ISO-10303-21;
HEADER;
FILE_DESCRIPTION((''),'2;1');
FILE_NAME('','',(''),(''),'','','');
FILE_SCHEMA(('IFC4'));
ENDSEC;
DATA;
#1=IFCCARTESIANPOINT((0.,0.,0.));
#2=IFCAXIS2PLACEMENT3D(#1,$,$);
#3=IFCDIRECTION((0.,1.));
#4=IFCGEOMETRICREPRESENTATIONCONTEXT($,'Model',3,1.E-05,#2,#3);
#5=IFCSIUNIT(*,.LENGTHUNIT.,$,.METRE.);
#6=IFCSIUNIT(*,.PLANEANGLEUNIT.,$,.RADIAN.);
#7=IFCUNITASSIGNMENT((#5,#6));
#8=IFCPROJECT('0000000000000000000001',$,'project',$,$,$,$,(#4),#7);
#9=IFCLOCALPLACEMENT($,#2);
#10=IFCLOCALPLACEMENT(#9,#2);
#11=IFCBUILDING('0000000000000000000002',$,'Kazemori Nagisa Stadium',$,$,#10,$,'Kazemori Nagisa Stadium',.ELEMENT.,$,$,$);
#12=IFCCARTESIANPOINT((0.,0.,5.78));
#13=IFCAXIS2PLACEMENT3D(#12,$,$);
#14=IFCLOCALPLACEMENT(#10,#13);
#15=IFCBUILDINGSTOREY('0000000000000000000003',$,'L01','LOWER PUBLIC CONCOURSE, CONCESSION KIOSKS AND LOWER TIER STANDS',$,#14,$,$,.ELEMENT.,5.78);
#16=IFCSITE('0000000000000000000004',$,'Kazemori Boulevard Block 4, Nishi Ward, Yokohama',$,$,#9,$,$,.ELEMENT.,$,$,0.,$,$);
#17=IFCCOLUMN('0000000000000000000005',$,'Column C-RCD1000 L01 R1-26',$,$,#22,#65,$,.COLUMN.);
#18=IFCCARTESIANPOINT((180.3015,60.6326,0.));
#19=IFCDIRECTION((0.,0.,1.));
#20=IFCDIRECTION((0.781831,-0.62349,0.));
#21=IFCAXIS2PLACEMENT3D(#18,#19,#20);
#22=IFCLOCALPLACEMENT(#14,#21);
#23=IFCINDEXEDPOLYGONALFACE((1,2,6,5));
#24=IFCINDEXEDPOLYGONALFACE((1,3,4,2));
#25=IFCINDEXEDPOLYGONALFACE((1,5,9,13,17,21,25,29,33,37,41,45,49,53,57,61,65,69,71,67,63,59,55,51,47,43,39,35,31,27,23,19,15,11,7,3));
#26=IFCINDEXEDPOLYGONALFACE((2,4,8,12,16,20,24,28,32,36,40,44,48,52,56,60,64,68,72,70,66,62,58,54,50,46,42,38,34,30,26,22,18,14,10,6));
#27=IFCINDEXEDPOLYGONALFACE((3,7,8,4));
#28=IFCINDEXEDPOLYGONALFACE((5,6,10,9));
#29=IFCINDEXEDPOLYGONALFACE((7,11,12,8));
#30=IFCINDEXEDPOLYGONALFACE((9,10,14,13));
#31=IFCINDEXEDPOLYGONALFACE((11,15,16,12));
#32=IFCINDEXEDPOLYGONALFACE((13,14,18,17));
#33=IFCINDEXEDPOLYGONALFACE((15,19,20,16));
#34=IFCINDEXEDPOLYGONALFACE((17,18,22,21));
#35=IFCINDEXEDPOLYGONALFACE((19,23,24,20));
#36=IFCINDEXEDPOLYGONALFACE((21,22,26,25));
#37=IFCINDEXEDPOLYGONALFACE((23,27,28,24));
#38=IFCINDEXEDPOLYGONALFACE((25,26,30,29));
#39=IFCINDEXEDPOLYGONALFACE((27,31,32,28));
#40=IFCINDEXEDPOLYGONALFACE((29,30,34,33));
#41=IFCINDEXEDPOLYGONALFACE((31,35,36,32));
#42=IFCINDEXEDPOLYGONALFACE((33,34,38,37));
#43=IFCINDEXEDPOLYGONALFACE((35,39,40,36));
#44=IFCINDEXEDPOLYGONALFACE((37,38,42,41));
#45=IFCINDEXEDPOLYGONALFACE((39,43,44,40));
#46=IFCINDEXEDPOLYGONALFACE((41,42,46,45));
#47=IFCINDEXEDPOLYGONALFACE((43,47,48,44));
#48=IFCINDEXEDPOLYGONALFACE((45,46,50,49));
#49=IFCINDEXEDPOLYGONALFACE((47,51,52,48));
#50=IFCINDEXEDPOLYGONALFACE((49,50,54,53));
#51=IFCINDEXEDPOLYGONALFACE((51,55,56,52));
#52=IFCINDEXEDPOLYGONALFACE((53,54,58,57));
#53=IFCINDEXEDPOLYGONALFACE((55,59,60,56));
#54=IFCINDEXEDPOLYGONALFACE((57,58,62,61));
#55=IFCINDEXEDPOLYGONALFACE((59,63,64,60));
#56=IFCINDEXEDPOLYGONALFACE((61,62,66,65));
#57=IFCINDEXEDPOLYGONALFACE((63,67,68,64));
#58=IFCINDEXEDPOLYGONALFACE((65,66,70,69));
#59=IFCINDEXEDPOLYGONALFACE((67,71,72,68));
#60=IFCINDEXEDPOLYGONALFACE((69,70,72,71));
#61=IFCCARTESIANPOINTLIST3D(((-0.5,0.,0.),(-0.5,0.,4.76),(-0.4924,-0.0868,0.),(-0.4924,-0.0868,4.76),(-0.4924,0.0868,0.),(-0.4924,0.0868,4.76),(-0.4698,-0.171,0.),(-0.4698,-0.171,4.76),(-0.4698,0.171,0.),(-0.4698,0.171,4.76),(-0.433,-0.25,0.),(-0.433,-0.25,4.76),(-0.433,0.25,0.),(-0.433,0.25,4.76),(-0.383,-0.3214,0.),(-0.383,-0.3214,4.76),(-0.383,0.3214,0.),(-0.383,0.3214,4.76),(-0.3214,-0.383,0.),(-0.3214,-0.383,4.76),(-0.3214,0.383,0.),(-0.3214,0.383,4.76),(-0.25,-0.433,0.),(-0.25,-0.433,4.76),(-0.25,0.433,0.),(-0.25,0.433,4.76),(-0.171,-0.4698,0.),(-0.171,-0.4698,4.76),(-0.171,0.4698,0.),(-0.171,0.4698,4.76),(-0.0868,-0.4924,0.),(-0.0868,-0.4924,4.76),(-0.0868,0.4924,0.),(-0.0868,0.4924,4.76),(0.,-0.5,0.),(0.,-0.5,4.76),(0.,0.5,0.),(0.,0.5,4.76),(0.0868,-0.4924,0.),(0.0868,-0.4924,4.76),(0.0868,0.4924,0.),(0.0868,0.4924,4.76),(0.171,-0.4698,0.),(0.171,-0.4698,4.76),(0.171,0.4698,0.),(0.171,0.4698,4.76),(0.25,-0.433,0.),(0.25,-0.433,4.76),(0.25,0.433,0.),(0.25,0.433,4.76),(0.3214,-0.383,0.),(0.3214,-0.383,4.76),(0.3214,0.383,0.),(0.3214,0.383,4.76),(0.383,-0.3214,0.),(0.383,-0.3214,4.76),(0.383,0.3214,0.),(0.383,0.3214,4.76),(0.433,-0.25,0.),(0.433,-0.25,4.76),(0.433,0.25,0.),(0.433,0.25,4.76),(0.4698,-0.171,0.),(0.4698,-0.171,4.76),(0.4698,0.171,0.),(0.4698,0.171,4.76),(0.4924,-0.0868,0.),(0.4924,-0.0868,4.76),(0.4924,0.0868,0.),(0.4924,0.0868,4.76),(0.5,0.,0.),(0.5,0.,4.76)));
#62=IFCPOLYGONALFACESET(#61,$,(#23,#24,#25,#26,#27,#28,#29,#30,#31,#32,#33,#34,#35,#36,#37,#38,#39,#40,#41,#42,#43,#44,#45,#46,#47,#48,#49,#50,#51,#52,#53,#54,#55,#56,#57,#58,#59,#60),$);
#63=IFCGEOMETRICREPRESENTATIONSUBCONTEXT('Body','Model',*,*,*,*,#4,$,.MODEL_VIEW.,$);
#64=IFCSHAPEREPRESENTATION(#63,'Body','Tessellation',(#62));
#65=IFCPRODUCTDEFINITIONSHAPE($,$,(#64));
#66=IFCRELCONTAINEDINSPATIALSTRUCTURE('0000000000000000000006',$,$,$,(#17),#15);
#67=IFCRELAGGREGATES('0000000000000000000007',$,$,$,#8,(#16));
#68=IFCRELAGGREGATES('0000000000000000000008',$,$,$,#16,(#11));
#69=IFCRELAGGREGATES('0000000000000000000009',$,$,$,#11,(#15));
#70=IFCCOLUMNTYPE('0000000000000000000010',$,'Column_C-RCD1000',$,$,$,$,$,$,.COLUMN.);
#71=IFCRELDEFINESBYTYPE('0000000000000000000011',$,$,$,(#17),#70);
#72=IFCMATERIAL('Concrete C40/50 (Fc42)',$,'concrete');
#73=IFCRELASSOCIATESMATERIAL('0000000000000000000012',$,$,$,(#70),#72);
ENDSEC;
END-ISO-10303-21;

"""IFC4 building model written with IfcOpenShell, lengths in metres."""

from ifc_helpers import new_model, si_unit, direction, frame, origin, origin_2d, place, context, subcontext, project, spatial, circle, extrude, material, material_profile, profile_set, type_object, element, save


model = new_model("IFC4")

# Units and contexts
model_context = context("Model", 3, precision=1e-05, world=origin(), true_north=direction((0.0, 1.0)))
body_context = subcontext(model_context, "Body", "Model", "MODEL_VIEW")
ifc_project = project(units=[si_unit("LENGTHUNIT", "METRE"), si_unit("PLANEANGLEUNIT", "RADIAN")], contexts=[model_context])

# Site, building, storey
site_placement = place(None, origin())
site = spatial("IfcSite", under=ifc_project, at=site_placement, Name="Kazemori Boulevard Block 4, Nishi Ward, Yokohama", CompositionType="ELEMENT", RefElevation=0.0)
building_placement = place(site_placement, origin())
building = spatial("IfcBuilding", under=site, at=building_placement, Name="Kazemori Nagisa Stadium", LongName="Kazemori Nagisa Stadium", CompositionType="ELEMENT")
storey_placement = place(building_placement, frame((0.0, 0.0, 5.78)))
storey = spatial("IfcBuildingStorey", under=building, at=storey_placement, Name="L01", Description="LOWER PUBLIC CONCOURSE, CONCESSION KIOSKS AND LOWER TIER STANDS", CompositionType="ELEMENT", Elevation=5.78)

# Column
ifc_material_1 = material(Name="Concrete C40/50 (Fc42)", Category="concrete")
ifc_material_profile_1 = material_profile(ifc_material_1, circle(Radius=0.5, at=origin_2d()), Name="RC-COL-D1000")
ifc_profile_set_1 = profile_set([ifc_material_profile_1], Name="Concrete C40/50 (Fc42)")
column_type_1 = type_object("IfcColumnType", Name="Column_C-RCD1000", PredefinedType="COLUMN", material=ifc_profile_set_1)
column_1_placement = place(storey_placement, frame((180.3015, 60.6326, 0.0), z_axis=(0.0, 0.0, 1.0), x_axis=(0.781831, -0.62349, 0.0)))
element("IfcColumn", 1, at=column_1_placement, inside=storey, type_object=column_type_1, Name="Column C-RCD1000 L01 R1-26", PredefinedType="COLUMN", context=body_context, shape_type="SweptSolid", body=[
    extrude(circle(Radius=0.5, at=origin_2d()), origin(), (0.0, 0.0, 1.0), 4.76),
])

save(model, "model.ifc")
